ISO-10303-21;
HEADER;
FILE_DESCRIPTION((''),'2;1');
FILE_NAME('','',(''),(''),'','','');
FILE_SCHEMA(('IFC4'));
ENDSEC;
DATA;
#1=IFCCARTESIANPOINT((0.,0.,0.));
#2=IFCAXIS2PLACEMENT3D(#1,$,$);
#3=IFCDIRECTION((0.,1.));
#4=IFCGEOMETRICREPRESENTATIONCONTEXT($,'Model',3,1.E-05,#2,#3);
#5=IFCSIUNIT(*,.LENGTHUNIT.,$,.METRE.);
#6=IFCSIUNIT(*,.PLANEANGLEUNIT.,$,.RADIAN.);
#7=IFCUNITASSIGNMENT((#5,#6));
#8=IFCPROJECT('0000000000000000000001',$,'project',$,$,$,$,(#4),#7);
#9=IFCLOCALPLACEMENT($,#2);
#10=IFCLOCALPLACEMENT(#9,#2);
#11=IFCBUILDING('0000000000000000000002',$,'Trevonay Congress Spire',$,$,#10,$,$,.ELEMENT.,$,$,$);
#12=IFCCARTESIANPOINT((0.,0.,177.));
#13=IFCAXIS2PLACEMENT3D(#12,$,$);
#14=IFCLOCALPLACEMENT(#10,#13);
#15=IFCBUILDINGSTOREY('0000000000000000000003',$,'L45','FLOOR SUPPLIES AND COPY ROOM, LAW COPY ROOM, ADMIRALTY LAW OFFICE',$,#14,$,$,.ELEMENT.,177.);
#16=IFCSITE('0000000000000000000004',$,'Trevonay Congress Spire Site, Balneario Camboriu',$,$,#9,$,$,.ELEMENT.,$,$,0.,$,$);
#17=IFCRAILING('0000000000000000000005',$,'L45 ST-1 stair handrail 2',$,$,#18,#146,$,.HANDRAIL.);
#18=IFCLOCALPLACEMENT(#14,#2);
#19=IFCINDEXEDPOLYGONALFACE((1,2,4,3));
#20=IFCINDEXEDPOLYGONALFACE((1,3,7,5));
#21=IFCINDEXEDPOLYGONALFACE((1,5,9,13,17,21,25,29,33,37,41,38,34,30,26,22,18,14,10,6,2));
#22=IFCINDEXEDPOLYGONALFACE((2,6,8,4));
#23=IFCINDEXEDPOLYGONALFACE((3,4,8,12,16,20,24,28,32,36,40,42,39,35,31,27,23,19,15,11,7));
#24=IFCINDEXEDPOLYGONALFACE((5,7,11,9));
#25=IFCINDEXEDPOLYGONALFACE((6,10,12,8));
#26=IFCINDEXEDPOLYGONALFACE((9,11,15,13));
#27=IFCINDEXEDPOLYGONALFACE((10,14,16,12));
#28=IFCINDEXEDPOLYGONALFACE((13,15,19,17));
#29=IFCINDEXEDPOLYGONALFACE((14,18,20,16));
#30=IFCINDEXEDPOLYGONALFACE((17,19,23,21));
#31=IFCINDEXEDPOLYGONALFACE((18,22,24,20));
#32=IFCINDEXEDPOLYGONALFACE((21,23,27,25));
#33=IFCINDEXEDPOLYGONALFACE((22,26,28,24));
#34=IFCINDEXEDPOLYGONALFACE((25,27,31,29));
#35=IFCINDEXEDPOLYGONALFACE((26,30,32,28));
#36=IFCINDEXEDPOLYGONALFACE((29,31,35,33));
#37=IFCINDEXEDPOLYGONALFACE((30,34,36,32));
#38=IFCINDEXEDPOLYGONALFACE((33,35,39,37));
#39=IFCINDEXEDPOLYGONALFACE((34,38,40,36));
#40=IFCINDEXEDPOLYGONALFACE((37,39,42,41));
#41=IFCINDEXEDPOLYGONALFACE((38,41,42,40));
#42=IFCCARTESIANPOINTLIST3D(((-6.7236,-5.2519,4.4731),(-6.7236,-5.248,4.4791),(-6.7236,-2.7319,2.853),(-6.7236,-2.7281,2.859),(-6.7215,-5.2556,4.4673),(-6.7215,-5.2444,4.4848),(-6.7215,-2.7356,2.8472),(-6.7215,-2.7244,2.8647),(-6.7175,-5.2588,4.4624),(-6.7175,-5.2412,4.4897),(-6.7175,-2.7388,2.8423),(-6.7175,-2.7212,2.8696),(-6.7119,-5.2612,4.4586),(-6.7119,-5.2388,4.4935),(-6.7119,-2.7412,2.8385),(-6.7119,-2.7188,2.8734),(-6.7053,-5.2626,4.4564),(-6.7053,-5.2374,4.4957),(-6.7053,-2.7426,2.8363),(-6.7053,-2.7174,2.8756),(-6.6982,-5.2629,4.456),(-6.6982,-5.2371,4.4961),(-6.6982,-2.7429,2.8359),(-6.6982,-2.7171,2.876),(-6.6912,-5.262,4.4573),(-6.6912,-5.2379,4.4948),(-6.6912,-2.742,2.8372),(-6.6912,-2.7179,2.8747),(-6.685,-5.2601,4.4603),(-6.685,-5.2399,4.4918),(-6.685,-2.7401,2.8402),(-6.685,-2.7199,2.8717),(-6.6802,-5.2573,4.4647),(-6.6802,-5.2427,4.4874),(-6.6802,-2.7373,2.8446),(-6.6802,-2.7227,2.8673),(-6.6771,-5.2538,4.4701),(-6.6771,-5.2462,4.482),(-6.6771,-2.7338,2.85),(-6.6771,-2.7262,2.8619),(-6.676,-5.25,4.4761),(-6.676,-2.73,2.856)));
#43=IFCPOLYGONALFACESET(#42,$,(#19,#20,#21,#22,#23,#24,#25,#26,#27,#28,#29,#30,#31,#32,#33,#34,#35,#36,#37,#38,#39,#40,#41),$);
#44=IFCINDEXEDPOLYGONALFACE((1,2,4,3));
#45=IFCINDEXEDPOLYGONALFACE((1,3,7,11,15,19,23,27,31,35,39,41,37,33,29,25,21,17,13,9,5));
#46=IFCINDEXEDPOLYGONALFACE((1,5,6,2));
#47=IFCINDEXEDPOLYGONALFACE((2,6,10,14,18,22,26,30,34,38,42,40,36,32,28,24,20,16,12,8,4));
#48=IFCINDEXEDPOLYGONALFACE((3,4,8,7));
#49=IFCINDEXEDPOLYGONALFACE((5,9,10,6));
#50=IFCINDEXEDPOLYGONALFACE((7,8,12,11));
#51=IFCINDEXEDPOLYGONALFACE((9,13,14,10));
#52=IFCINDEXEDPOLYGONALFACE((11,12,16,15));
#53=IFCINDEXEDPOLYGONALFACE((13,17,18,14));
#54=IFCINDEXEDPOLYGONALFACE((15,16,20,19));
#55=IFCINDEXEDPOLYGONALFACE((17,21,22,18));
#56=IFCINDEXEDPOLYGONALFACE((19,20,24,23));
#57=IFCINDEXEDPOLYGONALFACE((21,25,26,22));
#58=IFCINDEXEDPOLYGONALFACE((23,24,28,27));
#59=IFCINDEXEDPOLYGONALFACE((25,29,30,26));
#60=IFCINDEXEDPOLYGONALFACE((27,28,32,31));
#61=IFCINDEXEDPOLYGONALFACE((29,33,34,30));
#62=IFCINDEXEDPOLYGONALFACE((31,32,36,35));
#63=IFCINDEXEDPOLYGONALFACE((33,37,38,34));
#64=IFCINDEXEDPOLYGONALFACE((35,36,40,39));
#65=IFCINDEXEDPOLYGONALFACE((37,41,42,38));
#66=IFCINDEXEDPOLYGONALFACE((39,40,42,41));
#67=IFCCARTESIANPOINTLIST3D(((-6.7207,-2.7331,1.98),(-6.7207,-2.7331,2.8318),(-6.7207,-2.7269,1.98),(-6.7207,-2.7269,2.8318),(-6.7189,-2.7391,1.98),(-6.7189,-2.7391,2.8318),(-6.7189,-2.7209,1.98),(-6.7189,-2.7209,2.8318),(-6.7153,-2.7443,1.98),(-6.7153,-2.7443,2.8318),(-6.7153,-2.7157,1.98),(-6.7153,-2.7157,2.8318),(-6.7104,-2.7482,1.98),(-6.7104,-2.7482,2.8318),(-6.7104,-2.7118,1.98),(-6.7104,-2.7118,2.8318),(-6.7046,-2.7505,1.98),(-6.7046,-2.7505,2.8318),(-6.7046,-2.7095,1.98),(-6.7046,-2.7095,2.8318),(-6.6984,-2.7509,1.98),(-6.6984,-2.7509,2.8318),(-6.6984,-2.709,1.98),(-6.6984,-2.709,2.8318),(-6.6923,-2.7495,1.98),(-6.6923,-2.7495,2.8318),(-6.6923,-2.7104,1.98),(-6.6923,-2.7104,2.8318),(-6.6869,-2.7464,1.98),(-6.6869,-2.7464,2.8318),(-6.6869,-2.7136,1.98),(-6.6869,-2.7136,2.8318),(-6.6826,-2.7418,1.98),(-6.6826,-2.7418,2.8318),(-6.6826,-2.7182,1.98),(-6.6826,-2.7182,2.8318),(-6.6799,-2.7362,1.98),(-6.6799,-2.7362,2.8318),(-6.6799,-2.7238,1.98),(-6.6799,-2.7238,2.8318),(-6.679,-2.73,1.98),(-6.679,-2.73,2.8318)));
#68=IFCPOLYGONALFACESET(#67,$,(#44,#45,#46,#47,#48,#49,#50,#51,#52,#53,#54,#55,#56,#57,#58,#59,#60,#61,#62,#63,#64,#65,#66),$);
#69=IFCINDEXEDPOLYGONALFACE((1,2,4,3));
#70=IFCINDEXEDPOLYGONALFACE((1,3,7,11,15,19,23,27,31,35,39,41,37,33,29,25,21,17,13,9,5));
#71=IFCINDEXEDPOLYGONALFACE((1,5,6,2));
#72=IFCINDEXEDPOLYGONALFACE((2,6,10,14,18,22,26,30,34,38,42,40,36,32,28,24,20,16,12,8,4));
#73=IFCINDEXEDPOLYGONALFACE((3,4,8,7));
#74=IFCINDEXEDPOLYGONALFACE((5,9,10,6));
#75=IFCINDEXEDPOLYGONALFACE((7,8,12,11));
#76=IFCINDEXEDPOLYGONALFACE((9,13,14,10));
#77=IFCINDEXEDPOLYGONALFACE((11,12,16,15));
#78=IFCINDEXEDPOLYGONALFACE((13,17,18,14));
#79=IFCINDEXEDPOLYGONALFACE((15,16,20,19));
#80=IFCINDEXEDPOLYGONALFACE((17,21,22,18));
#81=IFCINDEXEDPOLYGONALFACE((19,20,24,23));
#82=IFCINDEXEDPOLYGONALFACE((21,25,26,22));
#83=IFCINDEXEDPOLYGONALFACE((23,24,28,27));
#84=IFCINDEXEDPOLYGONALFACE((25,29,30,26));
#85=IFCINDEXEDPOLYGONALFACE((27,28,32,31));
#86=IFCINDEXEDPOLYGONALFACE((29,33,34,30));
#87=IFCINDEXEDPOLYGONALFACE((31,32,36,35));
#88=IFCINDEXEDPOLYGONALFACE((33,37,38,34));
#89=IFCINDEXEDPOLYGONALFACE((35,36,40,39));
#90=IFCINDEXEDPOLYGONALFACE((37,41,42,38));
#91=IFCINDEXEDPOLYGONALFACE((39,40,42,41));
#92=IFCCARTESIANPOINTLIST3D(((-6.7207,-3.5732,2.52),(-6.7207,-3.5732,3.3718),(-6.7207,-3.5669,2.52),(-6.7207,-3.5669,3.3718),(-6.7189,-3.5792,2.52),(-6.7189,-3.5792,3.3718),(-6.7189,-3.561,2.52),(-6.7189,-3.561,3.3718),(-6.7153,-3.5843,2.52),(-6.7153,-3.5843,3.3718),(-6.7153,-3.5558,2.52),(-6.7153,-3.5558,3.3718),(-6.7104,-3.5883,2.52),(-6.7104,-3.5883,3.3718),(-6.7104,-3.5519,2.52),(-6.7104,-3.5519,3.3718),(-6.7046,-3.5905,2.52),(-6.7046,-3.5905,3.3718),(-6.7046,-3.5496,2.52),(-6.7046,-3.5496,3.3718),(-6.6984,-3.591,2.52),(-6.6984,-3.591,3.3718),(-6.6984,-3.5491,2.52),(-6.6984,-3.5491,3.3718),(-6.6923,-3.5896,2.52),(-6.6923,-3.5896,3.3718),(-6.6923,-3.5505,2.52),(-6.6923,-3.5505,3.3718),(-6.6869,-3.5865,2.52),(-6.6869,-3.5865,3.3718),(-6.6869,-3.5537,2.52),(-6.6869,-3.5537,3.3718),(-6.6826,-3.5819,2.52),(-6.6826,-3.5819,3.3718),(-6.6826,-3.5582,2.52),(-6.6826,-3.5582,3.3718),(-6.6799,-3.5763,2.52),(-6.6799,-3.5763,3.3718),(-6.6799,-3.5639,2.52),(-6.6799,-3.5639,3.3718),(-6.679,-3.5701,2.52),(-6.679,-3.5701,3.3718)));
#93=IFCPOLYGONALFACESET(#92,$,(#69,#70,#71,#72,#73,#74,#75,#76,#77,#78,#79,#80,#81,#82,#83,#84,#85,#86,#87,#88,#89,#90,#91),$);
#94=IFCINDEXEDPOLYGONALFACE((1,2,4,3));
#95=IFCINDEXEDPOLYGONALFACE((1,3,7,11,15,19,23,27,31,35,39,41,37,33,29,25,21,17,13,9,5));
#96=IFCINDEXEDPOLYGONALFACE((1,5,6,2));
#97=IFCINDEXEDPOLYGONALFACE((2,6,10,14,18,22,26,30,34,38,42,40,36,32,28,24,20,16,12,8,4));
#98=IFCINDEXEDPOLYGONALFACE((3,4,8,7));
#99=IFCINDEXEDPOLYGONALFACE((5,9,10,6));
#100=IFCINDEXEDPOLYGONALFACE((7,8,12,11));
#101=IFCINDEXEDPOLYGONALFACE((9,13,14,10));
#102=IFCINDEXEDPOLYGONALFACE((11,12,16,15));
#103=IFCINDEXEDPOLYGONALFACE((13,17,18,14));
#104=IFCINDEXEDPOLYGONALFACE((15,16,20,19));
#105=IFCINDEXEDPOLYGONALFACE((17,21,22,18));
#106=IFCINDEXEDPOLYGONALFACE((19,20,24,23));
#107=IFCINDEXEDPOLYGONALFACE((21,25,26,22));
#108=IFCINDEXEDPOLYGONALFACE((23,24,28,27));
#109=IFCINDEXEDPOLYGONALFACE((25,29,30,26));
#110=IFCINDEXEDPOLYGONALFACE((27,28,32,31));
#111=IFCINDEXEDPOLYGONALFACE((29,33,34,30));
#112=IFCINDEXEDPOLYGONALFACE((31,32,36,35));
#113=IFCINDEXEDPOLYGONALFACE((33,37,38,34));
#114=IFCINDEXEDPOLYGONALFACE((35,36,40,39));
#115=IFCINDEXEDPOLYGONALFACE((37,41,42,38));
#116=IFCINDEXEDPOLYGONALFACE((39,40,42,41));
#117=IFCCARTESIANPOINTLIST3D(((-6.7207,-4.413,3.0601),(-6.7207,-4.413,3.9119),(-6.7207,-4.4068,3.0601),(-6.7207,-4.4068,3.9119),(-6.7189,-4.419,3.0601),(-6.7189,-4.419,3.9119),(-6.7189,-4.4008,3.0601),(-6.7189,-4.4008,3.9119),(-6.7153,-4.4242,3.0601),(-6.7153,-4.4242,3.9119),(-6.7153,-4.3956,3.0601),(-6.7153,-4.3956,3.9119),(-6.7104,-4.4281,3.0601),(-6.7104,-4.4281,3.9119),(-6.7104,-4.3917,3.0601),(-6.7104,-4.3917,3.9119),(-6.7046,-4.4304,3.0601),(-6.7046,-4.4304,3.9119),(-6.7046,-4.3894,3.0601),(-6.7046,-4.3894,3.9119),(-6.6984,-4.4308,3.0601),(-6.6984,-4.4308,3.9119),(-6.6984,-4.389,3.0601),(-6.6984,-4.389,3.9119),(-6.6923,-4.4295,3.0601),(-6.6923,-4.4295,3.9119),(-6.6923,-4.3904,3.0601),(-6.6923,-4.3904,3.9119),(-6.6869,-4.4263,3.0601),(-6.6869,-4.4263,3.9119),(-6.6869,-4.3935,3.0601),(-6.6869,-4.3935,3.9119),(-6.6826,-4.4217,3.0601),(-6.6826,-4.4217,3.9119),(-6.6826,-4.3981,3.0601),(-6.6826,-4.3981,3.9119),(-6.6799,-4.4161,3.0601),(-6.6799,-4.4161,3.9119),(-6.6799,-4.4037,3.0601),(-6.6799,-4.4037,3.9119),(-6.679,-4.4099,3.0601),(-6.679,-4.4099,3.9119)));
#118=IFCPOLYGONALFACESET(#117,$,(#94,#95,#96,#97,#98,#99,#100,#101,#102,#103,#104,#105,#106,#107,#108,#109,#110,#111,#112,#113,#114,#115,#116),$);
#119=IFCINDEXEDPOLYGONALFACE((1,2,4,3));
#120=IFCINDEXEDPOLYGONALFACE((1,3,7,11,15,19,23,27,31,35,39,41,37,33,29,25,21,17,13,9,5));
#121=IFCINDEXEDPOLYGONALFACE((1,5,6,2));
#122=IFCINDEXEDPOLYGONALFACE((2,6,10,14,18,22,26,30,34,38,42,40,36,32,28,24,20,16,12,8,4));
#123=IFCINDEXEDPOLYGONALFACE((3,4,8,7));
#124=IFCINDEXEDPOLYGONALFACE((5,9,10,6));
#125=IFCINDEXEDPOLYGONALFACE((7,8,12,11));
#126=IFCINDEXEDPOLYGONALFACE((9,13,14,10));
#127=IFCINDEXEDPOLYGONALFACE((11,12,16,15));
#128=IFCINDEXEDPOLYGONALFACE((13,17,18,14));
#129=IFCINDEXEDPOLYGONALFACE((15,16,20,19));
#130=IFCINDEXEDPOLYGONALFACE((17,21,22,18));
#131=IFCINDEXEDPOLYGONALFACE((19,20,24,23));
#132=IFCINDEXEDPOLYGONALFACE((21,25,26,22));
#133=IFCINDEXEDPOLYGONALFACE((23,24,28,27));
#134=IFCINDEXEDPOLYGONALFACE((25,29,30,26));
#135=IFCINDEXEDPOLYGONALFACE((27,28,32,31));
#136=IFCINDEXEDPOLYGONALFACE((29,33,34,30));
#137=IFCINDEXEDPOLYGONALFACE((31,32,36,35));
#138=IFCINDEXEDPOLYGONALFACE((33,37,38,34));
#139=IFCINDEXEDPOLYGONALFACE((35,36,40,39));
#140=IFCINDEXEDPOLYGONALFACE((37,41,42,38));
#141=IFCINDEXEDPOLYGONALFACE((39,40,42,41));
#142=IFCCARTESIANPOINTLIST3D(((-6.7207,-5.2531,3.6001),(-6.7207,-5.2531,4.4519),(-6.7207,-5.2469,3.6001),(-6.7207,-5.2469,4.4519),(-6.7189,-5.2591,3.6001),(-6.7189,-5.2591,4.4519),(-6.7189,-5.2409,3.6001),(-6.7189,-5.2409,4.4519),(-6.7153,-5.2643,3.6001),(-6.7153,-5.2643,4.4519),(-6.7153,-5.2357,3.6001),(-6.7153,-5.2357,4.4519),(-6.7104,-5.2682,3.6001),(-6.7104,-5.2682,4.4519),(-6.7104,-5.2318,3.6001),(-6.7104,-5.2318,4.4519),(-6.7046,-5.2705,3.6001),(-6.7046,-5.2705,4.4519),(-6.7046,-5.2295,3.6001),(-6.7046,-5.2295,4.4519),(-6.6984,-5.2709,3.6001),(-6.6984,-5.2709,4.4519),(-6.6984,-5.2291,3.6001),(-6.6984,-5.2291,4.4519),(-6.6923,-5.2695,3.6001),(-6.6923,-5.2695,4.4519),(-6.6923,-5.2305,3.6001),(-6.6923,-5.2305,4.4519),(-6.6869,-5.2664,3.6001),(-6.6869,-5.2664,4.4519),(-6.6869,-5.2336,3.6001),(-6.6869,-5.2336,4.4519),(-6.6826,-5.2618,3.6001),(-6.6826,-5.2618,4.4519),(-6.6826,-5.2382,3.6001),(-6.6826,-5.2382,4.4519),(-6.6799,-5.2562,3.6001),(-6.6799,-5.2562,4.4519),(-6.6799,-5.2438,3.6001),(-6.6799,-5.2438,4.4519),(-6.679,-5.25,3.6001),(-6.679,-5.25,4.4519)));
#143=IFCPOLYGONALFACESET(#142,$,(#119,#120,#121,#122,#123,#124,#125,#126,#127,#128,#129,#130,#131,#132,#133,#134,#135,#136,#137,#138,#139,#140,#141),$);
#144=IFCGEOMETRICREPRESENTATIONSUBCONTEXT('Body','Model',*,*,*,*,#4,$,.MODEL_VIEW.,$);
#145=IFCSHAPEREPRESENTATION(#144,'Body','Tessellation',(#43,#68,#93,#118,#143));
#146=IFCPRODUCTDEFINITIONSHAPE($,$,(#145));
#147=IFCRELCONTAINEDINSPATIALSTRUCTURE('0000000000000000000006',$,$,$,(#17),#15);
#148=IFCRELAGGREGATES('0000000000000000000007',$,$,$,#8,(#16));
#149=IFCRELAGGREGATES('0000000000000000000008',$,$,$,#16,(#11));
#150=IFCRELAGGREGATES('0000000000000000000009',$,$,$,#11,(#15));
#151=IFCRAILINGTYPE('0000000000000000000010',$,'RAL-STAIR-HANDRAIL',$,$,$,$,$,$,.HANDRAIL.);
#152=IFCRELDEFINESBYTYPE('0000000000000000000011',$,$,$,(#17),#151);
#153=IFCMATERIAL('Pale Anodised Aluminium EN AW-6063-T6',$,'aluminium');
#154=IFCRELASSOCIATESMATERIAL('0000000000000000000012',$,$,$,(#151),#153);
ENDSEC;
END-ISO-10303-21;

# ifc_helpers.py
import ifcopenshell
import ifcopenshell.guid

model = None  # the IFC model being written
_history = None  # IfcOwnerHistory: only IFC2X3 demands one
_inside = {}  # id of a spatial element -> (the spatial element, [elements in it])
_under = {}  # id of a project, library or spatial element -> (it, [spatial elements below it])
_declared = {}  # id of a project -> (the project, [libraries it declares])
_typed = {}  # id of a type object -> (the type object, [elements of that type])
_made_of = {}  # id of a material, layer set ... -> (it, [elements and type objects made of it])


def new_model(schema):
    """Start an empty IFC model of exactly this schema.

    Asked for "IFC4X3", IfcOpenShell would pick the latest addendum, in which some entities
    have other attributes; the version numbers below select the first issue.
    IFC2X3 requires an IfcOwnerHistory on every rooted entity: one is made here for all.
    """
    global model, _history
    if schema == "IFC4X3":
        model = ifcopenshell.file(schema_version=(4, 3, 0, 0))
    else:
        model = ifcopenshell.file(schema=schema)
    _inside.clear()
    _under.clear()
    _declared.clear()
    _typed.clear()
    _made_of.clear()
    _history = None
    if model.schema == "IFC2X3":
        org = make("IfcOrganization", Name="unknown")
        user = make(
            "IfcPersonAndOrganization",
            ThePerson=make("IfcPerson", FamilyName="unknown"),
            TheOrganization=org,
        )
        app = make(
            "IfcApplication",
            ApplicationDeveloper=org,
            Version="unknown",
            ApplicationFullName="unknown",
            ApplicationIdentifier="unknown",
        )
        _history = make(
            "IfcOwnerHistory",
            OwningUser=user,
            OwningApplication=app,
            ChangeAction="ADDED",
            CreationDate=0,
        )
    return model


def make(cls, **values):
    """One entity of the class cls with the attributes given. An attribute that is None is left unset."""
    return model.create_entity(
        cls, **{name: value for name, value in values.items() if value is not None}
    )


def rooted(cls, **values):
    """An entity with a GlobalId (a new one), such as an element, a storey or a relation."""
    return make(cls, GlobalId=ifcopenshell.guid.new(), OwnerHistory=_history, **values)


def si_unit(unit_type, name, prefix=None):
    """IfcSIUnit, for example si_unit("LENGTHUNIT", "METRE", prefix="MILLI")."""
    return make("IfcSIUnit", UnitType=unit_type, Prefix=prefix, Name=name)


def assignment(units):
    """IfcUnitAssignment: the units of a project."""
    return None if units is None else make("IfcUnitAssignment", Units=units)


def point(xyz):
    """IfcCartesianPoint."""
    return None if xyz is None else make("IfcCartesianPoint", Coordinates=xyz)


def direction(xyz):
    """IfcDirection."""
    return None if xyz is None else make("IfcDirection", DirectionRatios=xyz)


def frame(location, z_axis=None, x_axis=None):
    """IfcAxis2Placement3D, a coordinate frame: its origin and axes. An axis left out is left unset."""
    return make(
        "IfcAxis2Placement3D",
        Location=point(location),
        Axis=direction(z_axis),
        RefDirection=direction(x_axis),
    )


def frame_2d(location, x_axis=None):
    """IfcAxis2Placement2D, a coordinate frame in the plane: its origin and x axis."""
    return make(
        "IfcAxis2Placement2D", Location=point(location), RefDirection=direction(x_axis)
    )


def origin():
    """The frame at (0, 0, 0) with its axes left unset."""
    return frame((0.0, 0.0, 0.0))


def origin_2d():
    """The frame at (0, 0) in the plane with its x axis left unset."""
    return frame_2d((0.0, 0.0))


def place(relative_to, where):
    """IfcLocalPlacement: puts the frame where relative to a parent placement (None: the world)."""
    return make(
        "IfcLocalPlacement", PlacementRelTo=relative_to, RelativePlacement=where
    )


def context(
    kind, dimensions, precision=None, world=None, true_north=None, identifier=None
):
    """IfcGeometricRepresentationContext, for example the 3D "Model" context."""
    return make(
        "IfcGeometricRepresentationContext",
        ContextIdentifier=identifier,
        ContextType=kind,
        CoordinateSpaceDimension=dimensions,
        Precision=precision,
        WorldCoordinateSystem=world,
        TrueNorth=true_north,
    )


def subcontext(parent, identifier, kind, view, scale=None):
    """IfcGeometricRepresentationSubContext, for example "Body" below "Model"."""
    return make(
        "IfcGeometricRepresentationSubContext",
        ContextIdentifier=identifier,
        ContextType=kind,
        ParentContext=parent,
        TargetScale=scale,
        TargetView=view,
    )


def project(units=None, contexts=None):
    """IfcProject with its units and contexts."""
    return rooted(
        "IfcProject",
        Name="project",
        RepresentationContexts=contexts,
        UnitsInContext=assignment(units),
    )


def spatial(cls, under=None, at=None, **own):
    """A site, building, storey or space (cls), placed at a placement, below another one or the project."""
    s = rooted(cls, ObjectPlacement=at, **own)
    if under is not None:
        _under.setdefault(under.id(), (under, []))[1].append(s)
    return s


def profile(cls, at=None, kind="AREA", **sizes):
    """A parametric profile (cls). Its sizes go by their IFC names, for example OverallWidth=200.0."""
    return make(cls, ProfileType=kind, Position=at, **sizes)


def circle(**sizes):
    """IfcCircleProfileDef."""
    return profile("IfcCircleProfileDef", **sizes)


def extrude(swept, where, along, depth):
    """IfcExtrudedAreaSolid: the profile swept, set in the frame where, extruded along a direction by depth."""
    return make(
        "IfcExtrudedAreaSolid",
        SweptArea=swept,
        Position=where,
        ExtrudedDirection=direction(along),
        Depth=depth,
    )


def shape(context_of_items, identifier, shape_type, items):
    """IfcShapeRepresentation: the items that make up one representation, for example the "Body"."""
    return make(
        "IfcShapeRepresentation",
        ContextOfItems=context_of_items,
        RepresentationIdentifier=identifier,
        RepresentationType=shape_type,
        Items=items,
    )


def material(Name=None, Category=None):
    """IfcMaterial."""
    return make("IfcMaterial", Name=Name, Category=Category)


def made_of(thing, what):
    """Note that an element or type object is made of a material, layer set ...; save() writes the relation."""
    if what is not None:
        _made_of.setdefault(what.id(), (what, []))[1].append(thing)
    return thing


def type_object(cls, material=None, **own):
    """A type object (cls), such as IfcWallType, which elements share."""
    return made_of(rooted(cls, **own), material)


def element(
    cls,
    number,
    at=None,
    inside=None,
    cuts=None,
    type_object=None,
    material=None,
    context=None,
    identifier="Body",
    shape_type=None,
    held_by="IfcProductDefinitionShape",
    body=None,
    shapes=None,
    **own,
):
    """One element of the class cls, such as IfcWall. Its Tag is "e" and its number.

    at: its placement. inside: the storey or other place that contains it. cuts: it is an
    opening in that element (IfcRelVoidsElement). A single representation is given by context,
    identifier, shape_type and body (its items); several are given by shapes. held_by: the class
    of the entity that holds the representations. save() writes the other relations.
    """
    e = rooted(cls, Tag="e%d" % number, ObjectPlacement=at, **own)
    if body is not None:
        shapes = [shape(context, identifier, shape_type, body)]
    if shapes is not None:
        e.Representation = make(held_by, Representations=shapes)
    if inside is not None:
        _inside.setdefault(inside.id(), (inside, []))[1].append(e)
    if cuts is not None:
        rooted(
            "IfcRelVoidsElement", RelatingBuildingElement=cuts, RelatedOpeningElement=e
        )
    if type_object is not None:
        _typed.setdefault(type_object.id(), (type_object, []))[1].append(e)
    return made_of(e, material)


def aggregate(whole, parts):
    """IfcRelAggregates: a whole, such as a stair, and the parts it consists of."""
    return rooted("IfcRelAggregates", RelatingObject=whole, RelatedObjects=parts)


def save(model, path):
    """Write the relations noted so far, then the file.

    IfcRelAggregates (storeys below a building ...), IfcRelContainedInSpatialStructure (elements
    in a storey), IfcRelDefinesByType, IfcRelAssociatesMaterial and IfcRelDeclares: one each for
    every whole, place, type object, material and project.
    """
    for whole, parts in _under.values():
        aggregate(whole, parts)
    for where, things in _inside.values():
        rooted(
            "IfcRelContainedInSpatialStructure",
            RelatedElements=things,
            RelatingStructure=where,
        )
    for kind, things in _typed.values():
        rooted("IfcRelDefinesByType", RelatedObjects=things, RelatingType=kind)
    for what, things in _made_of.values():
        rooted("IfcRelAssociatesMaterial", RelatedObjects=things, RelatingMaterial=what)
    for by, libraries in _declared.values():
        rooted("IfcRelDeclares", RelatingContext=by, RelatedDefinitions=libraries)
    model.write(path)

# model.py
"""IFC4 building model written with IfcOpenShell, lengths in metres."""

from ifc_helpers import new_model, si_unit, direction, frame, origin, origin_2d, place, context, subcontext, project, spatial, circle, extrude, material, type_object, element, save


model = new_model("IFC4")

# Units and contexts
model_context = context("Model", 3, precision=1e-05, world=origin(), true_north=direction((0.0, 1.0)))
body_context = subcontext(model_context, "Body", "Model", "MODEL_VIEW")
ifc_project = project(units=[si_unit("LENGTHUNIT", "METRE"), si_unit("PLANEANGLEUNIT", "RADIAN")], contexts=[model_context])

# Site, building, storey
site_placement = place(None, origin())
site = spatial("IfcSite", under=ifc_project, at=site_placement, Name="Trevonay Congress Spire Site, Balneario Camboriu", CompositionType="ELEMENT", RefElevation=0.0)
building_placement = place(site_placement, origin())
building = spatial("IfcBuilding", under=site, at=building_placement, Name="Trevonay Congress Spire", CompositionType="ELEMENT")
storey_placement = place(building_placement, frame((0.0, 0.0, 177.0)))
storey = spatial("IfcBuildingStorey", under=building, at=storey_placement, Name="L45", Description="FLOOR SUPPLIES AND COPY ROOM, LAW COPY ROOM, ADMIRALTY LAW OFFICE", CompositionType="ELEMENT", Elevation=177.0)

# Railing
ifc_material_1 = material(Name="Pale Anodised Aluminium EN AW-6063-T6", Category="aluminium")
railing_type_1 = type_object("IfcRailingType", Name="RAL-STAIR-HANDRAIL", PredefinedType="HANDRAIL", material=ifc_material_1)
railing_1_placement = place(storey_placement, frame((-6.7, -2.73, 1.98)))
element("IfcRailing", 1, at=railing_1_placement, inside=storey, type_object=railing_type_1, Name="L45 ST-1 stair handrail 2", PredefinedType="HANDRAIL", context=body_context, shape_type="SweptSolid", body=[
    extrude(circle(Radius=0.0239, at=origin_2d()), frame((0.0, 0.0, 0.876), z_axis=(0.0, -0.841163, 0.540782), x_axis=(1.0, 0.0, 0.0)), (0.0, 0.0, 1.0), 2.9958),
    extrude(circle(Radius=0.021, at=origin_2d()), origin(), (0.0, 0.0, 1.0), 0.8518),
    extrude(circle(Radius=0.021, at=origin_2d()), frame((0.0, -0.8401, 0.54)), (0.0, 0.0, 1.0), 0.8518),
    extrude(circle(Radius=0.021, at=origin_2d()), frame((0.0, -1.6799, 1.0801)), (0.0, 0.0, 1.0), 0.8518),
    extrude(circle(Radius=0.021, at=origin_2d()), frame((0.0, -2.52, 1.6201)), (0.0, 0.0, 1.0), 0.8518),
])

save(model, "model.ifc")
